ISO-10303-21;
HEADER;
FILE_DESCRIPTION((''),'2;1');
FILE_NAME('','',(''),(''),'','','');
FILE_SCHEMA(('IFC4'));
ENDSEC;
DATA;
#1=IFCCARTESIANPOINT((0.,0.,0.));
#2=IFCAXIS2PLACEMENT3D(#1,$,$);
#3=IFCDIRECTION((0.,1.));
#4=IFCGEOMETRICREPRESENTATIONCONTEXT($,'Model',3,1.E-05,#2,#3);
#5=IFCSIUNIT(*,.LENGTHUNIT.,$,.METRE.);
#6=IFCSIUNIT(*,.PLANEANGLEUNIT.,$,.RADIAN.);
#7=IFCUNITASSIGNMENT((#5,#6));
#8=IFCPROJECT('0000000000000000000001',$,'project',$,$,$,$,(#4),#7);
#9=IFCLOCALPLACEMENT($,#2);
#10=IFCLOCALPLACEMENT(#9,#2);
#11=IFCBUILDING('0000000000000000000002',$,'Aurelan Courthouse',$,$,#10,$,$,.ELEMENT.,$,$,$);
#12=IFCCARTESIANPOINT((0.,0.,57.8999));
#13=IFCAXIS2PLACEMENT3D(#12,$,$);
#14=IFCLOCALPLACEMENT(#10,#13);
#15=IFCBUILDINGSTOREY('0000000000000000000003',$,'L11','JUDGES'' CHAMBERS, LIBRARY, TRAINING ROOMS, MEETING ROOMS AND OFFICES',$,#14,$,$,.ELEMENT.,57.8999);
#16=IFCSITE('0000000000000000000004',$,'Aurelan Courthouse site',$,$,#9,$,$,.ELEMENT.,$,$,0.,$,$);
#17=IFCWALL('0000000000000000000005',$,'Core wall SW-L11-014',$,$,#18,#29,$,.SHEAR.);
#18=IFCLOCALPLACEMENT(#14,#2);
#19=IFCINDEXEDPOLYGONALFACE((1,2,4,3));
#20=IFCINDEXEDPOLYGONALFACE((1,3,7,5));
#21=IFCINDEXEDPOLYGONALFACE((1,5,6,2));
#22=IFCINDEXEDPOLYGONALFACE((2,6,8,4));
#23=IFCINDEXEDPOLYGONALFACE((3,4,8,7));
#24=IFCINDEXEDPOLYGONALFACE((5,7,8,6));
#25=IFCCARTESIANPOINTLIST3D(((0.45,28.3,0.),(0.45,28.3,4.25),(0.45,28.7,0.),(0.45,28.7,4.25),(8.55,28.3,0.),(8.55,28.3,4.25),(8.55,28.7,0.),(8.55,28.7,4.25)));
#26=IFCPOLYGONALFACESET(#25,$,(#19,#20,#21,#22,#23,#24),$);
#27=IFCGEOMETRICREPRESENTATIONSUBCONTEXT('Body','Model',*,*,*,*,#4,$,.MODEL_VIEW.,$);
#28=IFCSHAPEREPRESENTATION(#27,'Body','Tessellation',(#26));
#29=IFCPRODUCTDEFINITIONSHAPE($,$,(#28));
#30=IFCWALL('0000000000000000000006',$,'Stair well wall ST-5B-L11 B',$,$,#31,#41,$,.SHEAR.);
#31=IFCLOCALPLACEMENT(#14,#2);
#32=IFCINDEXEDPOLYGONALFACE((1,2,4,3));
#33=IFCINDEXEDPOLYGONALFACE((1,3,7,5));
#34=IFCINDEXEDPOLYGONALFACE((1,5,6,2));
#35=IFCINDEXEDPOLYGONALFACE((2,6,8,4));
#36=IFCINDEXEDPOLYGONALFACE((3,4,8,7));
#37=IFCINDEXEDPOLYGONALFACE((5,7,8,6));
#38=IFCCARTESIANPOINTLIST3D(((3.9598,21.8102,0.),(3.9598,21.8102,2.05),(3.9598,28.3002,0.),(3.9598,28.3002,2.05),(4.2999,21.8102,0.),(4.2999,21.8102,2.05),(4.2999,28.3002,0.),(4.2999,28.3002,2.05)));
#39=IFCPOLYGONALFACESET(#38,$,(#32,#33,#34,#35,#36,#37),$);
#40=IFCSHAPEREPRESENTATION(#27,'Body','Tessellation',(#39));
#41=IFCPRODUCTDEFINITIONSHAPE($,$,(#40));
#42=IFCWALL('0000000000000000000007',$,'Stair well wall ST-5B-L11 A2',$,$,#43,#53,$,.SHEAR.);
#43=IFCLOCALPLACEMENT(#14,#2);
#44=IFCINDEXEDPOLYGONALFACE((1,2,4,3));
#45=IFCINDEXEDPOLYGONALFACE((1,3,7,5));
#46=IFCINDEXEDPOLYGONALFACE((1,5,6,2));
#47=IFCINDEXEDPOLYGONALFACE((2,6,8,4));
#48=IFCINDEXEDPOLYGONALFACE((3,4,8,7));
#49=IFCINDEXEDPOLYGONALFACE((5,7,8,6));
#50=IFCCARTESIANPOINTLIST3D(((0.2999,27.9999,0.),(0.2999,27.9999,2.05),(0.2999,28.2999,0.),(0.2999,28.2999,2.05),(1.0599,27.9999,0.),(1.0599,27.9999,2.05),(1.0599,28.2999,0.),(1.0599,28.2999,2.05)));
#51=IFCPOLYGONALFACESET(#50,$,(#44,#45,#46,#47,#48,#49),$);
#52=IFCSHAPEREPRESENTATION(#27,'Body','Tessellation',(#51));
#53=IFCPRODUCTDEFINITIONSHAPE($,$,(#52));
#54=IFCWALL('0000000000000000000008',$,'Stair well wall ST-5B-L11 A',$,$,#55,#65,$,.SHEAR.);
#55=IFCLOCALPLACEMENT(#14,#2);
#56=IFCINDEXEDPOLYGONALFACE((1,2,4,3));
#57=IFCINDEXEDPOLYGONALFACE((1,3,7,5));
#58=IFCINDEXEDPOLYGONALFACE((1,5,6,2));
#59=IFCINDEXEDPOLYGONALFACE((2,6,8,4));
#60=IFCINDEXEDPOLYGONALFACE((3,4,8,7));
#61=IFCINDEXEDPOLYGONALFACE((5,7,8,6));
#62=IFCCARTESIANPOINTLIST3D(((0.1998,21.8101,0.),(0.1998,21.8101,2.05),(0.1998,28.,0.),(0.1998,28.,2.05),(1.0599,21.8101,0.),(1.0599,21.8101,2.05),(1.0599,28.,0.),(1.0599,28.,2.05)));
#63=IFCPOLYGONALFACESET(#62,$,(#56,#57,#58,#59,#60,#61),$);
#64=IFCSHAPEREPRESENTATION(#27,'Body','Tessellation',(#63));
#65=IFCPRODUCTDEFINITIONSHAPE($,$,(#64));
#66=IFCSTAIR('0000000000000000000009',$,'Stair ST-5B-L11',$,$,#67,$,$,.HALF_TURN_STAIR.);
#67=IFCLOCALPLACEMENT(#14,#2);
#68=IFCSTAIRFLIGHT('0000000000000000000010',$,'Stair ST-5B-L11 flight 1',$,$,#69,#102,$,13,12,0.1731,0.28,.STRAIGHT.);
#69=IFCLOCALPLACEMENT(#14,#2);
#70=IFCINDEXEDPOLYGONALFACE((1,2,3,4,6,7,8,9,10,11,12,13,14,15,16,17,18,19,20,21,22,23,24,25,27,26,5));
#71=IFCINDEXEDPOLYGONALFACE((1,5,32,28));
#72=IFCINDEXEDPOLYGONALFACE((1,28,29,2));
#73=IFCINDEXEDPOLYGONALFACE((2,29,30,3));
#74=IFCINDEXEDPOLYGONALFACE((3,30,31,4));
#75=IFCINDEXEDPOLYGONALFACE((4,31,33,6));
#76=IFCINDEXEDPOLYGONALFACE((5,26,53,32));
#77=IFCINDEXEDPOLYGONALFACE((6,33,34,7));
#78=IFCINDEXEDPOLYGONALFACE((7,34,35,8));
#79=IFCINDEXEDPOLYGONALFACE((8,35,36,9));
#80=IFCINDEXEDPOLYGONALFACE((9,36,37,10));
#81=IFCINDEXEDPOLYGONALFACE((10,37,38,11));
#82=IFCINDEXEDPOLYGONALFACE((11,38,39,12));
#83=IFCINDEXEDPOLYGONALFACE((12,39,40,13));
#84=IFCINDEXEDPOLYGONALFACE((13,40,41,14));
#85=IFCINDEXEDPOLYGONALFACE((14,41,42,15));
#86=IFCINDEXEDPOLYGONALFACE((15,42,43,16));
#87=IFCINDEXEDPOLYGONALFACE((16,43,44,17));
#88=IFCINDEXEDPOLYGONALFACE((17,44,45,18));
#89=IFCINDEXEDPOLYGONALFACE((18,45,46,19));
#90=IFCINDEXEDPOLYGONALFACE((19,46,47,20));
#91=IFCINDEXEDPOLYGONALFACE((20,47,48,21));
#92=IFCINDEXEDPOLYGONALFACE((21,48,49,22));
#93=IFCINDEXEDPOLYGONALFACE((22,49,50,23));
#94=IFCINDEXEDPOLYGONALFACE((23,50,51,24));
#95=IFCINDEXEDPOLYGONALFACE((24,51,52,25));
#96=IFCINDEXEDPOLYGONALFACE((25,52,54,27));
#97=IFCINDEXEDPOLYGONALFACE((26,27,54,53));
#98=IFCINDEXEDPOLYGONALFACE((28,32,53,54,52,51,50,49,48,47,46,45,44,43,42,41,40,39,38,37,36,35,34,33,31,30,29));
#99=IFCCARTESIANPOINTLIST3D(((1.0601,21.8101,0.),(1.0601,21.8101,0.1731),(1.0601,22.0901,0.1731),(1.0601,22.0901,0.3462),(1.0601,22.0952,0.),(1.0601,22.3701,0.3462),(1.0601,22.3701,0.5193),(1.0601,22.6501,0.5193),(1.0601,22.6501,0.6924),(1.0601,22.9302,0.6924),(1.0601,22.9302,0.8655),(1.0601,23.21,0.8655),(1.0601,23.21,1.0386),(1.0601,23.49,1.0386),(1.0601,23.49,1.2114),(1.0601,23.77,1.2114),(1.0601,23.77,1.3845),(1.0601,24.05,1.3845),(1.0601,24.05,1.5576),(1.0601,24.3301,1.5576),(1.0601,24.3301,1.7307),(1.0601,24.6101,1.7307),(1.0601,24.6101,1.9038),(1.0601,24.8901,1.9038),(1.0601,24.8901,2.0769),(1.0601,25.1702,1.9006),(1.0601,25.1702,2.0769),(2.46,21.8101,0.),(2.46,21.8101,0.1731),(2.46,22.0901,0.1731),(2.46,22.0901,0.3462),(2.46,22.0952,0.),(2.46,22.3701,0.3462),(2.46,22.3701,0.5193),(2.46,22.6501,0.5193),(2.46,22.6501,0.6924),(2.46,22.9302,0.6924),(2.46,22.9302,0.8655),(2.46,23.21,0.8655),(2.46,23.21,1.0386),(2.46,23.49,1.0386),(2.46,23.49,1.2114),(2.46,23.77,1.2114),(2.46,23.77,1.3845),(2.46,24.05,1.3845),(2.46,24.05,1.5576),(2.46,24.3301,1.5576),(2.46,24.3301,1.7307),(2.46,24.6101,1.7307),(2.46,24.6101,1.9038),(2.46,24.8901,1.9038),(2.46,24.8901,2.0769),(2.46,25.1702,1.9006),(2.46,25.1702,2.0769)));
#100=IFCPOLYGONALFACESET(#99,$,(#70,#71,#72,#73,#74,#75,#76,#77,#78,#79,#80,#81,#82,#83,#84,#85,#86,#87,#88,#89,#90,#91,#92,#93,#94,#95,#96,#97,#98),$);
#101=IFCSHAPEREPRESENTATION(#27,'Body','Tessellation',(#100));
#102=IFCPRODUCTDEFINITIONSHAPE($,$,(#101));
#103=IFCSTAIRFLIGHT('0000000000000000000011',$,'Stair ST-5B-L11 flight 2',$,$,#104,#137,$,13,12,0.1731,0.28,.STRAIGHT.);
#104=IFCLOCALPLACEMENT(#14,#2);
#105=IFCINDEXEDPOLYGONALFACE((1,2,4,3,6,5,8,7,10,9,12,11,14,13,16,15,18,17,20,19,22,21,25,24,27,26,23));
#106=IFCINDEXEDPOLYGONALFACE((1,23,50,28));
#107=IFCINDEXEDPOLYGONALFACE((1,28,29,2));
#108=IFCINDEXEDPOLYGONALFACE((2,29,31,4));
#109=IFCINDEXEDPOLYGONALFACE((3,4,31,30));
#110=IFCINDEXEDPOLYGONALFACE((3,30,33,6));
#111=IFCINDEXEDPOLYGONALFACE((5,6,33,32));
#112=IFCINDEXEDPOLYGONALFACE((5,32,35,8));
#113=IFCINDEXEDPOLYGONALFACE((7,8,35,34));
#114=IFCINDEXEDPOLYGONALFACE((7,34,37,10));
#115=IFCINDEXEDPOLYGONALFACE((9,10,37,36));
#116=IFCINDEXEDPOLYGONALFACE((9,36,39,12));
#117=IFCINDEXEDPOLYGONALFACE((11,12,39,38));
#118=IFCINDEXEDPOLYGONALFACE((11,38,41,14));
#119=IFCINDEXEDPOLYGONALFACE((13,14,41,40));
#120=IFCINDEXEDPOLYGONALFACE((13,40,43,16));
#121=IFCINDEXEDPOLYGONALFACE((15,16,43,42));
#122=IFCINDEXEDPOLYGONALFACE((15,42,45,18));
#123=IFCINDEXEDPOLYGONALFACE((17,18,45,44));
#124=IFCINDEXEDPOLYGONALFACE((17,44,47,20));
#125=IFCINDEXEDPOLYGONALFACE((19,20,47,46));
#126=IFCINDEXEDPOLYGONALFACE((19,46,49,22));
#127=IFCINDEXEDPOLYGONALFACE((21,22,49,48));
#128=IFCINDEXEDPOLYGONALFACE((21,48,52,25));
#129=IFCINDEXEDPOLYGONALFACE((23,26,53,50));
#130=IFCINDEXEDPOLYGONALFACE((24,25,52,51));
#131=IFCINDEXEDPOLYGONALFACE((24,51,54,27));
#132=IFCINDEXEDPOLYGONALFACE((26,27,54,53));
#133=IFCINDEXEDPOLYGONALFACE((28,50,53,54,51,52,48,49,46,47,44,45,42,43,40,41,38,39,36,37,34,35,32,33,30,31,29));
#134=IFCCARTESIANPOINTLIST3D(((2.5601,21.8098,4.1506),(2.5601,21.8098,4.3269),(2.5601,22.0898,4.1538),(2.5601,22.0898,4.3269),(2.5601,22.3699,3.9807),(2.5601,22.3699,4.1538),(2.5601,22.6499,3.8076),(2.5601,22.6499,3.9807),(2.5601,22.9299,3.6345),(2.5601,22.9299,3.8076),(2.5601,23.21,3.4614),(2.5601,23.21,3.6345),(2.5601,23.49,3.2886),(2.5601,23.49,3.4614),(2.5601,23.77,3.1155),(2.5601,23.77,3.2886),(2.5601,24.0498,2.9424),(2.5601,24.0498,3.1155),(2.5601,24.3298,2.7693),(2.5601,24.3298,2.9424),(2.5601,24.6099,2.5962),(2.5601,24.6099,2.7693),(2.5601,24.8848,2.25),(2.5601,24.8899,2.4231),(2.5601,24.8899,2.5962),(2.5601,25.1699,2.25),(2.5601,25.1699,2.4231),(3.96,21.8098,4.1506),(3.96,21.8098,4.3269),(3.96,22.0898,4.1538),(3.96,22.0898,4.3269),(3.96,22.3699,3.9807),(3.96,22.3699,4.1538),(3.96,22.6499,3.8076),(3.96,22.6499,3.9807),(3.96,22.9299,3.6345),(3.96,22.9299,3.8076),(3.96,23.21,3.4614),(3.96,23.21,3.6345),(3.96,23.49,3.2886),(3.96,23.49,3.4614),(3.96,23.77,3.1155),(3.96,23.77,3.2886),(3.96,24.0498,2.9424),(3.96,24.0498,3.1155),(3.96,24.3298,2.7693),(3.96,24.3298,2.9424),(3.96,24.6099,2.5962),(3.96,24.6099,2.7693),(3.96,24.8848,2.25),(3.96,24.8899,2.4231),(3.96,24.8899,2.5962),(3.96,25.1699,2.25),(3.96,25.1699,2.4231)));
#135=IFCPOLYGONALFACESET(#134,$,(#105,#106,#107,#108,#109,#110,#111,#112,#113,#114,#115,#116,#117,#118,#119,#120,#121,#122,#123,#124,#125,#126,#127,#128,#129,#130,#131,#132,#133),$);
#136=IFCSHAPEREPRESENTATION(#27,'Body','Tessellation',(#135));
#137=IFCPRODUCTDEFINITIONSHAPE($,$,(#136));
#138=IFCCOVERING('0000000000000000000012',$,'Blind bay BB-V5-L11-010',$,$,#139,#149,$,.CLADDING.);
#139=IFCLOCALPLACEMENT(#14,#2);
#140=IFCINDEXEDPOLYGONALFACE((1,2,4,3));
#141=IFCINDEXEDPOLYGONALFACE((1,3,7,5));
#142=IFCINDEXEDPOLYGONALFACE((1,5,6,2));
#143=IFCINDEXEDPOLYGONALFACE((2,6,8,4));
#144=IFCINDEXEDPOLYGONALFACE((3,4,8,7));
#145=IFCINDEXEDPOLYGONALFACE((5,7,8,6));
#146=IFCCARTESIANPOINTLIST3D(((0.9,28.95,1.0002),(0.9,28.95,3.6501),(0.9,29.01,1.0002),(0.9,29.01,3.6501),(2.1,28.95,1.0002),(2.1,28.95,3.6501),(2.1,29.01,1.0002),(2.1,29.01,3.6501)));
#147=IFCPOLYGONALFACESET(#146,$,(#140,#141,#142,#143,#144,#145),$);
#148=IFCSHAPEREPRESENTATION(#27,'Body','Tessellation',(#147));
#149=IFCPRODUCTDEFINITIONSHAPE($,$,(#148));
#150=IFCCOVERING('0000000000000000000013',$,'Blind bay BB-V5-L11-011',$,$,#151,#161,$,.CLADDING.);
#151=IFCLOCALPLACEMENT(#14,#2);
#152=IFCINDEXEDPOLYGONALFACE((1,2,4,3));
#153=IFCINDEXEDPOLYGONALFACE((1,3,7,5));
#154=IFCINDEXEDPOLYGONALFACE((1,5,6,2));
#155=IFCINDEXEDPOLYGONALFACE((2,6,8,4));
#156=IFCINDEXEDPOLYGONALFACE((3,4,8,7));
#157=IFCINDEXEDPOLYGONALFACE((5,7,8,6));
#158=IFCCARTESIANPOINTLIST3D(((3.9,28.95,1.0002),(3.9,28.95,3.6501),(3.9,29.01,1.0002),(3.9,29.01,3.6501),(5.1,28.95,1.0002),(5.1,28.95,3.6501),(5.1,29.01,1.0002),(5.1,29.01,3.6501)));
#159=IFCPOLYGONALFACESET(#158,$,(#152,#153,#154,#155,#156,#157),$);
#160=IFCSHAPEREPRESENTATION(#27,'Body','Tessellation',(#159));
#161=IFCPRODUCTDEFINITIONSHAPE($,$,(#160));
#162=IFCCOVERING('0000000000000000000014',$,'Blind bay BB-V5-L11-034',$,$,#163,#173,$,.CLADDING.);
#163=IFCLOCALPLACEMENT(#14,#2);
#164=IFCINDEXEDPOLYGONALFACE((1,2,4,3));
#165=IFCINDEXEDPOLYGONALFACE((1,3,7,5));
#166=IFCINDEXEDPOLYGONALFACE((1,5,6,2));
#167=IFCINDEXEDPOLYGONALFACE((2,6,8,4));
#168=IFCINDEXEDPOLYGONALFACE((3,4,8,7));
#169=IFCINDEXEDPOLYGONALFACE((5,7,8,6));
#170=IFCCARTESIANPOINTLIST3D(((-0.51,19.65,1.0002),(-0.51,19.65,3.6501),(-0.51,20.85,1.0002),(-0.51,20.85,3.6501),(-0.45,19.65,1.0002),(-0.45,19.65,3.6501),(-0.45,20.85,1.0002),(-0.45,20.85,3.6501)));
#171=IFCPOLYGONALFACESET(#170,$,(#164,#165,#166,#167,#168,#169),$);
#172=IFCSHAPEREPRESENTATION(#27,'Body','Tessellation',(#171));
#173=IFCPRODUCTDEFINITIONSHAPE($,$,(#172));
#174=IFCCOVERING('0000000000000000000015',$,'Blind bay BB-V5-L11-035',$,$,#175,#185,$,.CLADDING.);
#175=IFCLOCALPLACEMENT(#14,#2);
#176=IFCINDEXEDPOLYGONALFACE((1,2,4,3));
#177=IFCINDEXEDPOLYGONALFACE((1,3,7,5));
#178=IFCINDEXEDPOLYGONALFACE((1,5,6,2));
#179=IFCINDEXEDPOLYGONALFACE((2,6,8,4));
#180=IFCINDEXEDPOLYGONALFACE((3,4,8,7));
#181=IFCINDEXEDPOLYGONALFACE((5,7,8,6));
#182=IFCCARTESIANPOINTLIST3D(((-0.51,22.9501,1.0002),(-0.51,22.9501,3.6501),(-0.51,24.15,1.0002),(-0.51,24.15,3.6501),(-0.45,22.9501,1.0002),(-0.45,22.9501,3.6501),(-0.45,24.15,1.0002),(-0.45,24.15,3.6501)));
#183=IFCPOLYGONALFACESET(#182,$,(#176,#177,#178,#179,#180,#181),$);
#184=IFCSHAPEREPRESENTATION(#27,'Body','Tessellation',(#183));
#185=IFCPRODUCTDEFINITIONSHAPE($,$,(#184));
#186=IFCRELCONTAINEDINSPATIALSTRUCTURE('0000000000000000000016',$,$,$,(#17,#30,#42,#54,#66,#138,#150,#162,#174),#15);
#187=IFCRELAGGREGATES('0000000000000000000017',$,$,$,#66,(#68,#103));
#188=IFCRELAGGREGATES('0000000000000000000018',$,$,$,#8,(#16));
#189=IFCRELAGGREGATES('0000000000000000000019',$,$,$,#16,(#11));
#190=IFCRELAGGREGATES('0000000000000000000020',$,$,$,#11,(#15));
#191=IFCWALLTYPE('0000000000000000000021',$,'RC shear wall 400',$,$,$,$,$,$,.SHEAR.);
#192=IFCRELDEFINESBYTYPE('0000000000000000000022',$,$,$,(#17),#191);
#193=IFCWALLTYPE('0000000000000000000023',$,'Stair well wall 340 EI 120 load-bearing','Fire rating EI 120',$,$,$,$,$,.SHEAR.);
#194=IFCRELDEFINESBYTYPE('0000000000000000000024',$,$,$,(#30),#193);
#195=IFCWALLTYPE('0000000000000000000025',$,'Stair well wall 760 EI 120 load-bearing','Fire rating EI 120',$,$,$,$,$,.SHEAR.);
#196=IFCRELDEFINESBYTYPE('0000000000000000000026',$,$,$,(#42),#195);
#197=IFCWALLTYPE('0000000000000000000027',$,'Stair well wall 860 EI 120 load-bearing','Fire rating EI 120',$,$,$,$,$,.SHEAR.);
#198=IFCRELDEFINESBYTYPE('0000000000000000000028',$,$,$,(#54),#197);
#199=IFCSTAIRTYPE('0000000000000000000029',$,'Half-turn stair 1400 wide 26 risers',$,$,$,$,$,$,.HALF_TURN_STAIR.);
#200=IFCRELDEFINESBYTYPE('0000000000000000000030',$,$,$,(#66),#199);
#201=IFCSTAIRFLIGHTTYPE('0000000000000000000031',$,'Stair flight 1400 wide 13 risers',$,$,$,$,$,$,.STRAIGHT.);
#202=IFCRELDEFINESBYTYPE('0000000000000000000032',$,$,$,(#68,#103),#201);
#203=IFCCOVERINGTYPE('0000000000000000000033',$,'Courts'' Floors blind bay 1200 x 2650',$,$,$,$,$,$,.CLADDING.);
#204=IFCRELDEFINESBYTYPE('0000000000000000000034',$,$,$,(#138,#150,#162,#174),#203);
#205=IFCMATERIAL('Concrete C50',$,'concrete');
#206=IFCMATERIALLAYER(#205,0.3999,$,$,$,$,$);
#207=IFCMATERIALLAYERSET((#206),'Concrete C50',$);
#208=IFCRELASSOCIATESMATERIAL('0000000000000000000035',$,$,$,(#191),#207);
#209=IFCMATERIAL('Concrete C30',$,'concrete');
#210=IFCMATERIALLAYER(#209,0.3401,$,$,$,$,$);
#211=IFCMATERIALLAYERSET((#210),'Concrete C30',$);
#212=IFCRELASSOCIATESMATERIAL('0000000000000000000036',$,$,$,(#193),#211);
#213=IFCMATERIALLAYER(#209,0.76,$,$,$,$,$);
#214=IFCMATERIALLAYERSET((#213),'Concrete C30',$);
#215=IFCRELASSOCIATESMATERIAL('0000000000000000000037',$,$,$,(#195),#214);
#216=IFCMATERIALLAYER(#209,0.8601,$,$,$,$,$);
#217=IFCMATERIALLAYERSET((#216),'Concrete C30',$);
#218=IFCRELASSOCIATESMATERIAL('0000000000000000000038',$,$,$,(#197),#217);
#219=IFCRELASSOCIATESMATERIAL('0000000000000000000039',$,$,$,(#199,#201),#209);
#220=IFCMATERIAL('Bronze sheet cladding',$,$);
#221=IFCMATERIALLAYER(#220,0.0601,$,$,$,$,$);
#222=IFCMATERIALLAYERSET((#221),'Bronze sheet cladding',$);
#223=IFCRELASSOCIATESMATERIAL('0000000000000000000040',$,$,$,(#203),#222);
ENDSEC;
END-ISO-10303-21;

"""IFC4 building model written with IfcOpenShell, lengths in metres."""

from ifc_helpers import new_model, si_unit, direction, frame, frame_2d, origin, origin_2d, place, context, subcontext, project, spatial, polyline, rectangle, outline, extrude, material, layer, layer_set, type_object, element, aggregate, save


model = new_model("IFC4")

# Units and contexts
model_context = context("Model", 3, precision=1e-05, world=origin(), true_north=direction((0.0, 1.0)))
body_context = subcontext(model_context, "Body", "Model", "MODEL_VIEW")
ifc_project = project(units=[si_unit("LENGTHUNIT", "METRE"), si_unit("PLANEANGLEUNIT", "RADIAN")], contexts=[model_context])

# Site, building, storey
site_placement = place(None, origin())
site = spatial("IfcSite", under=ifc_project, at=site_placement, Name="Aurelan Courthouse site", CompositionType="ELEMENT", RefElevation=0.0)
building_placement = place(site_placement, origin())
building = spatial("IfcBuilding", under=site, at=building_placement, Name="Aurelan Courthouse", CompositionType="ELEMENT")
storey_placement = place(building_placement, frame((0.0, 0.0, 57.8999)))
storey = spatial("IfcBuildingStorey", under=building, at=storey_placement, Name="L11", Description="JUDGES' CHAMBERS, LIBRARY, TRAINING ROOMS, MEETING ROOMS AND OFFICES", CompositionType="ELEMENT", Elevation=57.8999)

# Shared definitions
ifc_material_1 = material(Name="Concrete C50", Category="concrete")

# Shared definitions
ifc_material_2 = material(Name="Concrete C30", Category="concrete")

# Shared definitions
ifc_layer_1 = layer(ifc_material_1, 0.3999)
ifc_layer_set_1 = layer_set([ifc_layer_1], Name="Concrete C50")
wall_type_1 = type_object("IfcWallType", Name="RC shear wall 400", PredefinedType="SHEAR", material=ifc_layer_set_1)

# Walls
wall_1_placement = place(storey_placement, frame((0.45, 28.5, 0.0), z_axis=(0.0, 0.0, 1.0), x_axis=(1.0, 0.0, 0.0)))
element("IfcWall", 1, at=wall_1_placement, inside=storey, type_object=wall_type_1, Name="Core wall SW-L11-014", PredefinedType="SHEAR", context=body_context, shape_type="SweptSolid", body=[
    extrude(rectangle(XDim=8.1001, YDim=0.3999, at=frame_2d((4.05, 0.0))), origin(), (0.0, 0.0, 1.0), 4.25),
])
ifc_layer_2 = layer(ifc_material_2, 0.3401)
ifc_layer_set_2 = layer_set([ifc_layer_2], Name="Concrete C30")
wall_type_2 = type_object("IfcWallType", Name="Stair well wall 340 EI 120 load-bearing", Description="Fire rating EI 120", PredefinedType="SHEAR", material=ifc_layer_set_2)
wall_2_placement = place(storey_placement, frame((4.1299, 21.8101, 0.0), z_axis=(0.0, 0.0, 1.0), x_axis=(0.0, 1.0, 0.0)))
element("IfcWall", 2, at=wall_2_placement, inside=storey, type_object=wall_type_2, Name="Stair well wall ST-5B-L11 B", PredefinedType="SHEAR", context=body_context, shape_type="SweptSolid", body=[
    extrude(rectangle(XDim=6.49, YDim=0.3401, at=frame_2d((3.2451, 0.0))), origin(), (0.0, 0.0, 1.0), 2.05),
])
ifc_layer_3 = layer(ifc_material_2, 0.76)
ifc_layer_set_3 = layer_set([ifc_layer_3], Name="Concrete C30")
wall_type_3 = type_object("IfcWallType", Name="Stair well wall 760 EI 120 load-bearing", Description="Fire rating EI 120", PredefinedType="SHEAR", material=ifc_layer_set_3)
wall_3_placement = place(storey_placement, frame((0.6799, 28.0, 0.0), z_axis=(0.0, 0.0, 1.0), x_axis=(0.0, 1.0, 0.0)))
element("IfcWall", 3, at=wall_3_placement, inside=storey, type_object=wall_type_3, Name="Stair well wall ST-5B-L11 A2", PredefinedType="SHEAR", context=body_context, shape_type="SweptSolid", body=[
    extrude(rectangle(XDim=0.3, YDim=0.76, at=frame_2d((0.1499, 0.0))), origin(), (0.0, 0.0, 1.0), 2.05),
])
ifc_layer_4 = layer(ifc_material_2, 0.8601)
ifc_layer_set_4 = layer_set([ifc_layer_4], Name="Concrete C30")
wall_type_4 = type_object("IfcWallType", Name="Stair well wall 860 EI 120 load-bearing", Description="Fire rating EI 120", PredefinedType="SHEAR", material=ifc_layer_set_4)
wall_4_placement = place(storey_placement, frame((0.6299, 21.8101, 0.0), z_axis=(0.0, 0.0, 1.0), x_axis=(0.0, 1.0, 0.0)))
element("IfcWall", 4, at=wall_4_placement, inside=storey, type_object=wall_type_4, Name="Stair well wall ST-5B-L11 A", PredefinedType="SHEAR", context=body_context, shape_type="SweptSolid", body=[
    extrude(rectangle(XDim=6.1899, YDim=0.8601, at=frame_2d((3.095, 0.0))), origin(), (0.0, 0.0, 1.0), 2.05),
])

# Stair, stair flights
stair_type = type_object("IfcStairType", Name="Half-turn stair 1400 wide 26 risers", PredefinedType="HALF_TURN_STAIR", material=ifc_material_2)
stair_placement = place(storey_placement, origin())
stair = element("IfcStair", 5, at=stair_placement, inside=storey, type_object=stair_type, Name="Stair ST-5B-L11", PredefinedType="HALF_TURN_STAIR")
stair_flight_type = type_object("IfcStairFlightType", Name="Stair flight 1400 wide 13 risers", PredefinedType="STRAIGHT", material=ifc_material_2)
stair_flight_1_placement = place(storey_placement, frame((1.76, 21.8101, 0.0), z_axis=(0.0, 0.0, 1.0), x_axis=(0.0, 1.0, 0.0)))
stair_flight_1 = element("IfcStairFlight", 6, at=stair_flight_1_placement, type_object=stair_flight_type, Name="Stair ST-5B-L11 flight 1", NumberOfRisers=13, NumberOfTreads=12, PredefinedType="STRAIGHT", RiserHeight=0.1731, TreadLength=0.28, context=body_context, shape_type="SweptSolid", body=[
    extrude(outline(polyline([(0.0, 0.0), (0.0, 0.1731), (0.28, 0.1731), (0.28, 0.3462), (0.5601, 0.3462), (0.5601, 0.5193), (0.8401, 0.5193), (0.8401, 0.6924), (1.1201, 0.6924), (1.1201, 0.8655), (1.3999, 0.8655), (1.3999, 1.0386), (1.6799, 1.0386), (1.6799, 1.2114), (1.96, 1.2114), (1.96, 1.3845), (2.24, 1.3845), (2.24, 1.5576), (2.52, 1.5576), (2.52, 1.7307), (2.8, 1.7307), (2.8, 1.9038), (3.0801, 1.9038), (3.0801, 2.0769), (3.3601, 2.0769), (3.3601, 2.25), (3.3601, 1.9006), (0.2852, 0.0), (0.0, 0.0)])), frame((0.0, 0.7, 0.0), z_axis=(0.0, -1.0, 0.0), x_axis=(1.0, 0.0, 0.0)), (0.0, 0.0, 1.0), 1.3999),
])
stair_flight_2_placement = place(storey_placement, frame((3.26, 25.1699, 2.25), z_axis=(0.0, 0.0, 1.0), x_axis=(0.0, -1.0, 0.0)))
stair_flight_2 = element("IfcStairFlight", 7, at=stair_flight_2_placement, type_object=stair_flight_type, Name="Stair ST-5B-L11 flight 2", NumberOfRisers=13, NumberOfTreads=12, PredefinedType="STRAIGHT", RiserHeight=0.1731, TreadLength=0.28, context=body_context, shape_type="SweptSolid", body=[
    extrude(outline(polyline([(0.0, 0.0), (0.0, 0.1731), (0.28, 0.1731), (0.28, 0.3462), (0.5601, 0.3462), (0.5601, 0.5193), (0.8401, 0.5193), (0.8401, 0.6924), (1.1201, 0.6924), (1.1201, 0.8655), (1.3999, 0.8655), (1.3999, 1.0386), (1.6799, 1.0386), (1.6799, 1.2114), (1.96, 1.2114), (1.96, 1.3845), (2.24, 1.3845), (2.24, 1.5576), (2.52, 1.5576), (2.52, 1.7307), (2.8, 1.7307), (2.8, 1.9038), (3.0801, 1.9038), (3.0801, 2.0769), (3.3601, 2.0769), (3.3601, 2.25), (3.3601, 1.9006), (0.2852, 0.0), (0.0, 0.0)])), frame((0.0, 0.7, 0.0), z_axis=(0.0, -1.0, 0.0), x_axis=(1.0, 0.0, 0.0)), (0.0, 0.0, 1.0), 1.3999),
])
aggregate(stair, [stair_flight_1, stair_flight_2])

# Coverings
ifc_material_3 = material(Name="Bronze sheet cladding")
ifc_layer_5 = layer(ifc_material_3, 0.0601)
ifc_layer_set_5 = layer_set([ifc_layer_5], Name="Bronze sheet cladding")
covering_type_1 = type_object("IfcCoveringType", Name="Courts' Floors blind bay 1200 x 2650", PredefinedType="CLADDING", material=ifc_layer_set_5)
for number, where, z_axis, x_axis, name in (
    (8, (1.5, 28.98, 1.0002), (0.0, 0.0, 1.0), (1.0, 0.0, 0.0), "Blind bay BB-V5-L11-010"),
    (9, (4.5, 28.98, 1.0002), (0.0, 0.0, 1.0), (1.0, 0.0, 0.0), "Blind bay BB-V5-L11-011"),
):
    element("IfcCovering", number, at=place(storey_placement, frame(where, z_axis=z_axis, x_axis=x_axis)), inside=storey, type_object=covering_type_1, Name=name, PredefinedType="CLADDING", context=body_context, shape_type="SweptSolid", body=[
        extrude(rectangle(XDim=1.2, YDim=0.0601, at=origin_2d()), origin(), (0.0, 0.0, 1.0), 2.6499),
    ])
for number, where, z_axis, x_axis, name in (
    (10, (-0.48, 20.25, 1.0002), (0.0, 0.0, 1.0), (1.0, 0.0, 0.0), "Blind bay BB-V5-L11-034"),
    (11, (-0.48, 23.55, 1.0002), (0.0, 0.0, 1.0), (1.0, 0.0, 0.0), "Blind bay BB-V5-L11-035"),
):
    element("IfcCovering", number, at=place(storey_placement, frame(where, z_axis=z_axis, x_axis=x_axis)), inside=storey, type_object=covering_type_1, Name=name, PredefinedType="CLADDING", context=body_context, shape_type="SweptSolid", body=[
        extrude(rectangle(XDim=0.0601, YDim=1.2, at=origin_2d()), origin(), (0.0, 0.0, 1.0), 2.6499),
    ])

save(model, "model.ifc")
